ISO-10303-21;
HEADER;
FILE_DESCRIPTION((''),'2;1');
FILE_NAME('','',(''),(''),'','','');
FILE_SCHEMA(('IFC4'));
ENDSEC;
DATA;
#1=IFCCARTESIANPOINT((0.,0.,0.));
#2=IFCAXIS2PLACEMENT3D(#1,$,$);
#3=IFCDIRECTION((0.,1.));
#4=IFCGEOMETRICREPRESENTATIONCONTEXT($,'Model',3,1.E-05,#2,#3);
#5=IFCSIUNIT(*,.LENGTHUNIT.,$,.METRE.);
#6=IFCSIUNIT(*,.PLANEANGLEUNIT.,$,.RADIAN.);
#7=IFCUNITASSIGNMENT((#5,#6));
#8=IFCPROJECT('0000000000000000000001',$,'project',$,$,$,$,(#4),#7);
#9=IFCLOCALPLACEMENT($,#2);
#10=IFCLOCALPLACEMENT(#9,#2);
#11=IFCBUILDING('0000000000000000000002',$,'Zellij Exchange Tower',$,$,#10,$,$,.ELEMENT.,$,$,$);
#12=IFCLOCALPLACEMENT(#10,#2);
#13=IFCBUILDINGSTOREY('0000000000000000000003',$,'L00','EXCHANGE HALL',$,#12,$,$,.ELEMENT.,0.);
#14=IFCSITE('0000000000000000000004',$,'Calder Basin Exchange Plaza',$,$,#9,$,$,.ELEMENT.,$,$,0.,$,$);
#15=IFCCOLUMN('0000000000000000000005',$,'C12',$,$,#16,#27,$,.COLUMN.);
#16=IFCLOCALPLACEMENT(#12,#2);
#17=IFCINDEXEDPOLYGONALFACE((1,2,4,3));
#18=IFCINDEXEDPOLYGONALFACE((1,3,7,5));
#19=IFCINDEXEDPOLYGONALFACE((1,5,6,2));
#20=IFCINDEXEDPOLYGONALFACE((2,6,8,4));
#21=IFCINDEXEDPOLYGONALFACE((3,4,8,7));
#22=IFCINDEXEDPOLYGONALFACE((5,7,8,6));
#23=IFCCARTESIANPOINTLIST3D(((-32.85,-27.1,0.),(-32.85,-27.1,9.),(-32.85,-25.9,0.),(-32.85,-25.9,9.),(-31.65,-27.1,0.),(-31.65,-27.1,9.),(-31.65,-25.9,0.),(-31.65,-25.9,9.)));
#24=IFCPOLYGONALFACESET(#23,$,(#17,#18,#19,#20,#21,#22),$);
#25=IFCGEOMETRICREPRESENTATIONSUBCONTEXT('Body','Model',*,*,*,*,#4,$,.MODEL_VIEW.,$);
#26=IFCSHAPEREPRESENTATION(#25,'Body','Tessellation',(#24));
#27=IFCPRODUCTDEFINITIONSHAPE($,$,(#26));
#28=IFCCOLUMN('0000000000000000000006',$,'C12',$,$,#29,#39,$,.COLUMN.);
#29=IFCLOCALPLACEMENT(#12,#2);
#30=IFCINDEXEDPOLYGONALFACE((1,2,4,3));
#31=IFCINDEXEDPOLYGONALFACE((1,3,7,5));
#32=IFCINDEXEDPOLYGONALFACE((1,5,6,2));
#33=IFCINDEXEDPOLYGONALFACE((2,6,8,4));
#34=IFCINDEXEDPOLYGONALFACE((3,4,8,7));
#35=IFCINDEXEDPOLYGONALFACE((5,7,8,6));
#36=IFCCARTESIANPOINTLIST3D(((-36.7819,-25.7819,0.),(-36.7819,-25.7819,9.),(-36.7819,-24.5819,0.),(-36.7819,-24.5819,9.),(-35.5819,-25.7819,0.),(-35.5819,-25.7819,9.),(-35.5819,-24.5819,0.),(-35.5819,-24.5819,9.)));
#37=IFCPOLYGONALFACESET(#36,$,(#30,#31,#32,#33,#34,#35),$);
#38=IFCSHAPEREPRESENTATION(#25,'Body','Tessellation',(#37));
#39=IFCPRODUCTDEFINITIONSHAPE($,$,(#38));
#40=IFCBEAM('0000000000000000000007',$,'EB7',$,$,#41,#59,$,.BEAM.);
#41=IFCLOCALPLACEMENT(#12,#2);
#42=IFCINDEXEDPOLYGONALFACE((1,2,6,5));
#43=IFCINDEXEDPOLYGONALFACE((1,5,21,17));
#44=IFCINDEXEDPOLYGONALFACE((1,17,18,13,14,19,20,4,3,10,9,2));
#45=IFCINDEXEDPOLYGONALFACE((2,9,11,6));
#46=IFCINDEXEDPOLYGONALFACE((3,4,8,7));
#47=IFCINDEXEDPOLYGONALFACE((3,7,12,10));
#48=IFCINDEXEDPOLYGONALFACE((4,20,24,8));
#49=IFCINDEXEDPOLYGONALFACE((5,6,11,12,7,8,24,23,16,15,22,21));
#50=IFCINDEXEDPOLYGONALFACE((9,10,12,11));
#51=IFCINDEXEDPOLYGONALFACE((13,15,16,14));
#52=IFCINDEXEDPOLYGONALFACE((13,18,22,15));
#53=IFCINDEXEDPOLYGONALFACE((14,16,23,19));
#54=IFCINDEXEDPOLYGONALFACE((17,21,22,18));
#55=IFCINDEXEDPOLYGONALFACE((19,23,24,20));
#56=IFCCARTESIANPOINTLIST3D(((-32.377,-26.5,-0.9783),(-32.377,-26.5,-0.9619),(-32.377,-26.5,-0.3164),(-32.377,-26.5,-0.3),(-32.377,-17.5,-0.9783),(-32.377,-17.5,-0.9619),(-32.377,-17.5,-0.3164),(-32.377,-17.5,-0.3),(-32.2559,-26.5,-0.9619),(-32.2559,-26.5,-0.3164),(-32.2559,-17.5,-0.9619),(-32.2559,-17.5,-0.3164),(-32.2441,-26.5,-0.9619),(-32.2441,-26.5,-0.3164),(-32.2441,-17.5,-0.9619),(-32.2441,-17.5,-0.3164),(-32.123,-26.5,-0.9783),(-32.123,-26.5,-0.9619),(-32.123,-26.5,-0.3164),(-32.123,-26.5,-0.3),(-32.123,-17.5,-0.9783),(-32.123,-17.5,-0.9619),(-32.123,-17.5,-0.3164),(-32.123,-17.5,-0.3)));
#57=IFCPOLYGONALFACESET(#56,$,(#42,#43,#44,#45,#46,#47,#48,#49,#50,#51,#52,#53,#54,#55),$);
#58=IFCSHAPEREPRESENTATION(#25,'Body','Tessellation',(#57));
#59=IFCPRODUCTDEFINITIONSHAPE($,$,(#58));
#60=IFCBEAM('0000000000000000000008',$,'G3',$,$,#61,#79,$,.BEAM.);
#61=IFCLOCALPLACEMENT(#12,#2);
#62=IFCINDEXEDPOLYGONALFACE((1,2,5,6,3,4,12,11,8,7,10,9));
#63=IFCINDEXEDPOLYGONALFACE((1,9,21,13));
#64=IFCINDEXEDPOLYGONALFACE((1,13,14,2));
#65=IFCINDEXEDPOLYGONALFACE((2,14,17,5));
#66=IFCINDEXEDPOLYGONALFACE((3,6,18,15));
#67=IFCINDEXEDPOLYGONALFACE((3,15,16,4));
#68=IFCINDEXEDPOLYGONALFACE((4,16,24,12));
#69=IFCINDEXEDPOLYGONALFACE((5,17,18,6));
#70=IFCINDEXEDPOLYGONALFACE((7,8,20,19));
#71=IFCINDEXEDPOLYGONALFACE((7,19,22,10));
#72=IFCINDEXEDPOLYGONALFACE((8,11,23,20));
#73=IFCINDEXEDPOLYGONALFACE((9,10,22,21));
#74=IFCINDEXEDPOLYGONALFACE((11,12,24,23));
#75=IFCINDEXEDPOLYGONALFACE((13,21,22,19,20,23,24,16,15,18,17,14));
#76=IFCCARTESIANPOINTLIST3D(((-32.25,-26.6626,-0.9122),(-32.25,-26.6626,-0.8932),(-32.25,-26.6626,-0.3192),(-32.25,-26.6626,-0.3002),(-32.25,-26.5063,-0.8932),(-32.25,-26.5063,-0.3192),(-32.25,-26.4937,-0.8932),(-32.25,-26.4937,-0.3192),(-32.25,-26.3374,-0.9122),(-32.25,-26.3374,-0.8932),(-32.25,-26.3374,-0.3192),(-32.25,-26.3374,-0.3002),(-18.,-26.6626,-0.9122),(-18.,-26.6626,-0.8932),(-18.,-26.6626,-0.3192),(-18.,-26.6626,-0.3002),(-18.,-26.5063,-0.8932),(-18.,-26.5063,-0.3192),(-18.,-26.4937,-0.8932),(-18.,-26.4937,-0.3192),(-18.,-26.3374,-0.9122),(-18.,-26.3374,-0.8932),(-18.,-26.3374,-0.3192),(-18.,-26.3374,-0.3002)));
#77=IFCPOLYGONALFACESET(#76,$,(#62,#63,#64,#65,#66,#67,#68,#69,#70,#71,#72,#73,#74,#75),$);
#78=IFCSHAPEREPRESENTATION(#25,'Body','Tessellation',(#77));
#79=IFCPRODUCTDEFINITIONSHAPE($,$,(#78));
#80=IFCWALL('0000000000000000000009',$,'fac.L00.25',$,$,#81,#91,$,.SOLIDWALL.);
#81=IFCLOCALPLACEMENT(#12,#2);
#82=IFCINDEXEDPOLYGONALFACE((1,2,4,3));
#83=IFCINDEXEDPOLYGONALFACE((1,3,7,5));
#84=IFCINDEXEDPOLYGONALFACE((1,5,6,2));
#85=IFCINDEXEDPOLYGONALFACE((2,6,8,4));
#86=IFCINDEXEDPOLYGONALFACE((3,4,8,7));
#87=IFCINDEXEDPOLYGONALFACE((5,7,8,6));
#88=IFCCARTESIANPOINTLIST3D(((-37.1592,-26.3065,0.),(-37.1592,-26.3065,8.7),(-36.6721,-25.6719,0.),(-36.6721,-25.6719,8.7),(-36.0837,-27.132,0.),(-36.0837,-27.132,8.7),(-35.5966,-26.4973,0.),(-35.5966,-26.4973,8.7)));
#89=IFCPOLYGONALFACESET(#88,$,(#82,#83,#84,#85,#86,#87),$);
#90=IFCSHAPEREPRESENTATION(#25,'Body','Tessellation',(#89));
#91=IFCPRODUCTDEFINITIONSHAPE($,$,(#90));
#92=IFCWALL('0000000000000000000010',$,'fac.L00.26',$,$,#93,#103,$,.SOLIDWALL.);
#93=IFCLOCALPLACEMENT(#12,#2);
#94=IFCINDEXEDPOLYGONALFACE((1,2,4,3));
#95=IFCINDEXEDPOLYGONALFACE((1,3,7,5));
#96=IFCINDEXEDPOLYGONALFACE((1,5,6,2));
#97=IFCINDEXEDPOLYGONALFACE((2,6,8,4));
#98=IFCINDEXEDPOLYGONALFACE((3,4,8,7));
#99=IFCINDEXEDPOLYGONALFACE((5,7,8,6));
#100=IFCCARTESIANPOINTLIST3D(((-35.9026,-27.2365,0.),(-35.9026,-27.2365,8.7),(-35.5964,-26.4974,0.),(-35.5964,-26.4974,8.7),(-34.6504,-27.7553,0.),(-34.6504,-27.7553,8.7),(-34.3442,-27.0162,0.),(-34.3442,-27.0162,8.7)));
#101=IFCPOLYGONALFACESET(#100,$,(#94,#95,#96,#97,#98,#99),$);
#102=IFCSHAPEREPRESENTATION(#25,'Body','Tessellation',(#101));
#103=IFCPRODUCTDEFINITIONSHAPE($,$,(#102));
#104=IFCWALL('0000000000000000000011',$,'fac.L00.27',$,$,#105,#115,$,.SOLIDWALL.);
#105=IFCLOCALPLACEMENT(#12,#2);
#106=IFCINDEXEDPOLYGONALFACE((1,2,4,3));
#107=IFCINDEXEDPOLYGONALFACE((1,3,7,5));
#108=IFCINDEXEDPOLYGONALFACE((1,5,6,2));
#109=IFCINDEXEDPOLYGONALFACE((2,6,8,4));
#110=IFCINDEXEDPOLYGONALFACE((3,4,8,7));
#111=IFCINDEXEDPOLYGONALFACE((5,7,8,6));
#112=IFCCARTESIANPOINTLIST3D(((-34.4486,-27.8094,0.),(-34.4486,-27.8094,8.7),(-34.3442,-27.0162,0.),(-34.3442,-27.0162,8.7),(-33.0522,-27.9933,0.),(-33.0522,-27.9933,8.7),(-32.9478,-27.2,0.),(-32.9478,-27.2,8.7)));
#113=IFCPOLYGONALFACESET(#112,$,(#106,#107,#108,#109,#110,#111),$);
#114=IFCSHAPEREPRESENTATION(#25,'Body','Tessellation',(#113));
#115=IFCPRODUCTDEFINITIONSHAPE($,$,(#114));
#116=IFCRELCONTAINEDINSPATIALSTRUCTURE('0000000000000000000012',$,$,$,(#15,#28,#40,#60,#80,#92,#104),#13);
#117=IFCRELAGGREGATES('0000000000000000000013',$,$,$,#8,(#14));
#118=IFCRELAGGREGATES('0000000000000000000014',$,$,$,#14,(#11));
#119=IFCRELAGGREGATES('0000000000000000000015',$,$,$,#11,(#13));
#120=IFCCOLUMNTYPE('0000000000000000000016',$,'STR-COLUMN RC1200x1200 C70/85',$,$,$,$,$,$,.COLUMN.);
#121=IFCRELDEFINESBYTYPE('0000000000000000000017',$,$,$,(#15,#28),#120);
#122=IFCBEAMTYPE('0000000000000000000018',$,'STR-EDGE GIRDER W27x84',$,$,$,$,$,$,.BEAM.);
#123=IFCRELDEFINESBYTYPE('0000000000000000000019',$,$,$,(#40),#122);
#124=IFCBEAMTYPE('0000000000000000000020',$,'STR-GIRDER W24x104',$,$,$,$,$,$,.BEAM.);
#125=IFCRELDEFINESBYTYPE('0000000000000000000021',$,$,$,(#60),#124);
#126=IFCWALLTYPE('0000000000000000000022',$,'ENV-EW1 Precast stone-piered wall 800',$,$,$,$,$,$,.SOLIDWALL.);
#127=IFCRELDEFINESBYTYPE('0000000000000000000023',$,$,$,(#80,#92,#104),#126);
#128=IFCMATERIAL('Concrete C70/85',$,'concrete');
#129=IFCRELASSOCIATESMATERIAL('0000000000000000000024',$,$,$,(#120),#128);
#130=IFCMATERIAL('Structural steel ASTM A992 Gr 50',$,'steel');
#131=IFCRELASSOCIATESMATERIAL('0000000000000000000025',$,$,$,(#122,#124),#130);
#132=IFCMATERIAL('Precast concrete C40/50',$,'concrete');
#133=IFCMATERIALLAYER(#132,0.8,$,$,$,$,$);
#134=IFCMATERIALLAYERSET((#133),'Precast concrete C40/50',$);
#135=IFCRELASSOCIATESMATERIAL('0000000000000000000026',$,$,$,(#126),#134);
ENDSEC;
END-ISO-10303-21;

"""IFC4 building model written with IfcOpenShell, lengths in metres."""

from ifc_helpers import new_model, si_unit, direction, frame, frame_2d, origin, origin_2d, place, context, subcontext, project, spatial, rectangle, i_section, extrude, material, layer, layer_set, material_profile, profile_set, type_object, element, save


model = new_model("IFC4")

# Units and contexts
model_context = context("Model", 3, precision=1e-05, world=origin(), true_north=direction((0.0, 1.0)))
body_context = subcontext(model_context, "Body", "Model", "MODEL_VIEW")
ifc_project = project(units=[si_unit("LENGTHUNIT", "METRE"), si_unit("PLANEANGLEUNIT", "RADIAN")], contexts=[model_context])

# Site, building, storey
site_placement = place(None, origin())
site = spatial("IfcSite", under=ifc_project, at=site_placement, Name="Calder Basin Exchange Plaza", CompositionType="ELEMENT", RefElevation=0.0)
building_placement = place(site_placement, origin())
building = spatial("IfcBuilding", under=site, at=building_placement, Name="Zellij Exchange Tower", CompositionType="ELEMENT")
storey_placement = place(building_placement, origin())
storey = spatial("IfcBuildingStorey", under=building, at=storey_placement, Name="L00", Description="EXCHANGE HALL", CompositionType="ELEMENT", Elevation=0.0)

# Columns
ifc_material_1 = material(Name="Concrete C70/85", Category="concrete")
ifc_material_profile_1 = material_profile(ifc_material_1, rectangle(XDim=1.2, YDim=1.2, at=origin_2d()), Name="STR-COLUMN RC1200x1200 C70/85")
ifc_profile_set_1 = profile_set([ifc_material_profile_1], Name="Concrete C70/85")
column_type = type_object("IfcColumnType", Name="STR-COLUMN RC1200x1200 C70/85", PredefinedType="COLUMN", material=ifc_profile_set_1)
for number, where, z_axis, x_axis, name in (
    (1, (-32.25, -26.5, 0.0), (0.0, 0.0, 1.0), (1.0, 0.0, 0.0), "C12"),
    (2, (-36.1819, -25.1819, 0.0), (0.0, 0.0, 1.0), (1.0, 0.0, 0.0), "C12"),
):
    element("IfcColumn", number, at=place(storey_placement, frame(where, z_axis=z_axis, x_axis=x_axis)), inside=storey, type_object=column_type, Name=name, PredefinedType="COLUMN", context=body_context, shape_type="SweptSolid", body=[
        extrude(rectangle(XDim=1.2, YDim=1.2, at=origin_2d()), origin(), (0.0, 0.0, 1.0), 9.0),
    ])

# Beams
ifc_material_2 = material(Name="Structural steel ASTM A992 Gr 50", Category="steel")
ifc_material_profile_2 = material_profile(ifc_material_2, i_section(OverallWidth=0.2539, OverallDepth=0.6782, WebThickness=0.0117, FlangeThickness=0.0164, at=origin_2d()), Name="W27x84")
ifc_profile_set_2 = profile_set([ifc_material_profile_2], Name="Structural steel ASTM A992 Gr 50")
beam_type_1 = type_object("IfcBeamType", Name="STR-EDGE GIRDER W27x84", PredefinedType="BEAM", material=ifc_profile_set_2)
beam_1_placement = place(storey_placement, frame((-32.25, -26.5, -0.6392), z_axis=(0.0, 1.0, 0.0), x_axis=(-1.0, 0.0, 0.0)))
element("IfcBeam", 3, at=beam_1_placement, inside=storey, type_object=beam_type_1, Name="EB7", PredefinedType="BEAM", context=body_context, shape_type="SweptSolid", body=[
    extrude(i_section(OverallWidth=0.2539, OverallDepth=0.6782, WebThickness=0.0117, FlangeThickness=0.0164, at=origin_2d()), origin(), (0.0, 0.0, 1.0), 9.0),
])
ifc_material_profile_3 = material_profile(ifc_material_2, i_section(OverallWidth=0.3252, OverallDepth=0.6121, WebThickness=0.0127, FlangeThickness=0.019, at=origin_2d()), Name="W24x104")
ifc_profile_set_3 = profile_set([ifc_material_profile_3], Name="Structural steel ASTM A992 Gr 50")
beam_type_2 = type_object("IfcBeamType", Name="STR-GIRDER W24x104", PredefinedType="BEAM", material=ifc_profile_set_3)
beam_2_placement = place(storey_placement, frame((-32.25, -26.5, -0.6062), z_axis=(1.0, 0.0, 0.0), x_axis=(0.0, 1.0, 0.0)))
element("IfcBeam", 4, at=beam_2_placement, inside=storey, type_object=beam_type_2, Name="G3", PredefinedType="BEAM", context=body_context, shape_type="SweptSolid", body=[
    extrude(i_section(OverallWidth=0.3252, OverallDepth=0.6121, WebThickness=0.0127, FlangeThickness=0.019, at=origin_2d()), origin(), (0.0, 0.0, 1.0), 14.25),
])

# Shared definitions
ifc_material_3 = material(Name="Precast concrete C40/50", Category="concrete")
ifc_layer = layer(ifc_material_3, 0.8)
ifc_layer_set = layer_set([ifc_layer], Name="Precast concrete C40/50")
wall_type = type_object("IfcWallType", Name="ENV-EW1 Precast stone-piered wall 800", PredefinedType="SOLIDWALL", material=ifc_layer_set)

# Walls
wall_1_placement = place(storey_placement, frame((-36.9155, -25.9893, 0.0), z_axis=(0.0, 0.0, 1.0), x_axis=(0.793273, -0.608866, 0.0)))
element("IfcWall", 5, at=wall_1_placement, inside=storey, type_object=wall_type, Name="fac.L00.25", PredefinedType="SOLIDWALL", context=body_context, shape_type="SweptSolid", body=[
    extrude(rectangle(XDim=1.3557, YDim=0.8, at=frame_2d((0.6777, 0.0))), origin(), (0.0, 0.0, 1.0), 8.7),
])
wall_2_placement = place(storey_placement, frame((-35.7495, -26.8669, 0.0), z_axis=(0.0, 0.0, 1.0), x_axis=(0.923848, -0.38276, 0.0)))
element("IfcWall", 6, at=wall_2_placement, inside=storey, type_object=wall_type, Name="fac.L00.26", PredefinedType="SOLIDWALL", context=body_context, shape_type="SweptSolid", body=[
    extrude(rectangle(XDim=1.3555, YDim=0.8, at=frame_2d((0.6777, 0.0))), origin(), (0.0, 0.0, 1.0), 8.7),
])
wall_3_placement = place(storey_placement, frame((-34.3962, -27.4128, 0.0), z_axis=(0.0, 0.0, 1.0), x_axis=(0.991446, -0.130517, 0.0)))
element("IfcWall", 7, at=wall_3_placement, inside=storey, type_object=wall_type, Name="fac.L00.27", PredefinedType="SOLIDWALL", context=body_context, shape_type="SweptSolid", body=[
    extrude(rectangle(XDim=1.4084, YDim=0.8, at=frame_2d((0.7041, 0.0))), origin(), (0.0, 0.0, 1.0), 8.7),
])

save(model, "model.ifc")
